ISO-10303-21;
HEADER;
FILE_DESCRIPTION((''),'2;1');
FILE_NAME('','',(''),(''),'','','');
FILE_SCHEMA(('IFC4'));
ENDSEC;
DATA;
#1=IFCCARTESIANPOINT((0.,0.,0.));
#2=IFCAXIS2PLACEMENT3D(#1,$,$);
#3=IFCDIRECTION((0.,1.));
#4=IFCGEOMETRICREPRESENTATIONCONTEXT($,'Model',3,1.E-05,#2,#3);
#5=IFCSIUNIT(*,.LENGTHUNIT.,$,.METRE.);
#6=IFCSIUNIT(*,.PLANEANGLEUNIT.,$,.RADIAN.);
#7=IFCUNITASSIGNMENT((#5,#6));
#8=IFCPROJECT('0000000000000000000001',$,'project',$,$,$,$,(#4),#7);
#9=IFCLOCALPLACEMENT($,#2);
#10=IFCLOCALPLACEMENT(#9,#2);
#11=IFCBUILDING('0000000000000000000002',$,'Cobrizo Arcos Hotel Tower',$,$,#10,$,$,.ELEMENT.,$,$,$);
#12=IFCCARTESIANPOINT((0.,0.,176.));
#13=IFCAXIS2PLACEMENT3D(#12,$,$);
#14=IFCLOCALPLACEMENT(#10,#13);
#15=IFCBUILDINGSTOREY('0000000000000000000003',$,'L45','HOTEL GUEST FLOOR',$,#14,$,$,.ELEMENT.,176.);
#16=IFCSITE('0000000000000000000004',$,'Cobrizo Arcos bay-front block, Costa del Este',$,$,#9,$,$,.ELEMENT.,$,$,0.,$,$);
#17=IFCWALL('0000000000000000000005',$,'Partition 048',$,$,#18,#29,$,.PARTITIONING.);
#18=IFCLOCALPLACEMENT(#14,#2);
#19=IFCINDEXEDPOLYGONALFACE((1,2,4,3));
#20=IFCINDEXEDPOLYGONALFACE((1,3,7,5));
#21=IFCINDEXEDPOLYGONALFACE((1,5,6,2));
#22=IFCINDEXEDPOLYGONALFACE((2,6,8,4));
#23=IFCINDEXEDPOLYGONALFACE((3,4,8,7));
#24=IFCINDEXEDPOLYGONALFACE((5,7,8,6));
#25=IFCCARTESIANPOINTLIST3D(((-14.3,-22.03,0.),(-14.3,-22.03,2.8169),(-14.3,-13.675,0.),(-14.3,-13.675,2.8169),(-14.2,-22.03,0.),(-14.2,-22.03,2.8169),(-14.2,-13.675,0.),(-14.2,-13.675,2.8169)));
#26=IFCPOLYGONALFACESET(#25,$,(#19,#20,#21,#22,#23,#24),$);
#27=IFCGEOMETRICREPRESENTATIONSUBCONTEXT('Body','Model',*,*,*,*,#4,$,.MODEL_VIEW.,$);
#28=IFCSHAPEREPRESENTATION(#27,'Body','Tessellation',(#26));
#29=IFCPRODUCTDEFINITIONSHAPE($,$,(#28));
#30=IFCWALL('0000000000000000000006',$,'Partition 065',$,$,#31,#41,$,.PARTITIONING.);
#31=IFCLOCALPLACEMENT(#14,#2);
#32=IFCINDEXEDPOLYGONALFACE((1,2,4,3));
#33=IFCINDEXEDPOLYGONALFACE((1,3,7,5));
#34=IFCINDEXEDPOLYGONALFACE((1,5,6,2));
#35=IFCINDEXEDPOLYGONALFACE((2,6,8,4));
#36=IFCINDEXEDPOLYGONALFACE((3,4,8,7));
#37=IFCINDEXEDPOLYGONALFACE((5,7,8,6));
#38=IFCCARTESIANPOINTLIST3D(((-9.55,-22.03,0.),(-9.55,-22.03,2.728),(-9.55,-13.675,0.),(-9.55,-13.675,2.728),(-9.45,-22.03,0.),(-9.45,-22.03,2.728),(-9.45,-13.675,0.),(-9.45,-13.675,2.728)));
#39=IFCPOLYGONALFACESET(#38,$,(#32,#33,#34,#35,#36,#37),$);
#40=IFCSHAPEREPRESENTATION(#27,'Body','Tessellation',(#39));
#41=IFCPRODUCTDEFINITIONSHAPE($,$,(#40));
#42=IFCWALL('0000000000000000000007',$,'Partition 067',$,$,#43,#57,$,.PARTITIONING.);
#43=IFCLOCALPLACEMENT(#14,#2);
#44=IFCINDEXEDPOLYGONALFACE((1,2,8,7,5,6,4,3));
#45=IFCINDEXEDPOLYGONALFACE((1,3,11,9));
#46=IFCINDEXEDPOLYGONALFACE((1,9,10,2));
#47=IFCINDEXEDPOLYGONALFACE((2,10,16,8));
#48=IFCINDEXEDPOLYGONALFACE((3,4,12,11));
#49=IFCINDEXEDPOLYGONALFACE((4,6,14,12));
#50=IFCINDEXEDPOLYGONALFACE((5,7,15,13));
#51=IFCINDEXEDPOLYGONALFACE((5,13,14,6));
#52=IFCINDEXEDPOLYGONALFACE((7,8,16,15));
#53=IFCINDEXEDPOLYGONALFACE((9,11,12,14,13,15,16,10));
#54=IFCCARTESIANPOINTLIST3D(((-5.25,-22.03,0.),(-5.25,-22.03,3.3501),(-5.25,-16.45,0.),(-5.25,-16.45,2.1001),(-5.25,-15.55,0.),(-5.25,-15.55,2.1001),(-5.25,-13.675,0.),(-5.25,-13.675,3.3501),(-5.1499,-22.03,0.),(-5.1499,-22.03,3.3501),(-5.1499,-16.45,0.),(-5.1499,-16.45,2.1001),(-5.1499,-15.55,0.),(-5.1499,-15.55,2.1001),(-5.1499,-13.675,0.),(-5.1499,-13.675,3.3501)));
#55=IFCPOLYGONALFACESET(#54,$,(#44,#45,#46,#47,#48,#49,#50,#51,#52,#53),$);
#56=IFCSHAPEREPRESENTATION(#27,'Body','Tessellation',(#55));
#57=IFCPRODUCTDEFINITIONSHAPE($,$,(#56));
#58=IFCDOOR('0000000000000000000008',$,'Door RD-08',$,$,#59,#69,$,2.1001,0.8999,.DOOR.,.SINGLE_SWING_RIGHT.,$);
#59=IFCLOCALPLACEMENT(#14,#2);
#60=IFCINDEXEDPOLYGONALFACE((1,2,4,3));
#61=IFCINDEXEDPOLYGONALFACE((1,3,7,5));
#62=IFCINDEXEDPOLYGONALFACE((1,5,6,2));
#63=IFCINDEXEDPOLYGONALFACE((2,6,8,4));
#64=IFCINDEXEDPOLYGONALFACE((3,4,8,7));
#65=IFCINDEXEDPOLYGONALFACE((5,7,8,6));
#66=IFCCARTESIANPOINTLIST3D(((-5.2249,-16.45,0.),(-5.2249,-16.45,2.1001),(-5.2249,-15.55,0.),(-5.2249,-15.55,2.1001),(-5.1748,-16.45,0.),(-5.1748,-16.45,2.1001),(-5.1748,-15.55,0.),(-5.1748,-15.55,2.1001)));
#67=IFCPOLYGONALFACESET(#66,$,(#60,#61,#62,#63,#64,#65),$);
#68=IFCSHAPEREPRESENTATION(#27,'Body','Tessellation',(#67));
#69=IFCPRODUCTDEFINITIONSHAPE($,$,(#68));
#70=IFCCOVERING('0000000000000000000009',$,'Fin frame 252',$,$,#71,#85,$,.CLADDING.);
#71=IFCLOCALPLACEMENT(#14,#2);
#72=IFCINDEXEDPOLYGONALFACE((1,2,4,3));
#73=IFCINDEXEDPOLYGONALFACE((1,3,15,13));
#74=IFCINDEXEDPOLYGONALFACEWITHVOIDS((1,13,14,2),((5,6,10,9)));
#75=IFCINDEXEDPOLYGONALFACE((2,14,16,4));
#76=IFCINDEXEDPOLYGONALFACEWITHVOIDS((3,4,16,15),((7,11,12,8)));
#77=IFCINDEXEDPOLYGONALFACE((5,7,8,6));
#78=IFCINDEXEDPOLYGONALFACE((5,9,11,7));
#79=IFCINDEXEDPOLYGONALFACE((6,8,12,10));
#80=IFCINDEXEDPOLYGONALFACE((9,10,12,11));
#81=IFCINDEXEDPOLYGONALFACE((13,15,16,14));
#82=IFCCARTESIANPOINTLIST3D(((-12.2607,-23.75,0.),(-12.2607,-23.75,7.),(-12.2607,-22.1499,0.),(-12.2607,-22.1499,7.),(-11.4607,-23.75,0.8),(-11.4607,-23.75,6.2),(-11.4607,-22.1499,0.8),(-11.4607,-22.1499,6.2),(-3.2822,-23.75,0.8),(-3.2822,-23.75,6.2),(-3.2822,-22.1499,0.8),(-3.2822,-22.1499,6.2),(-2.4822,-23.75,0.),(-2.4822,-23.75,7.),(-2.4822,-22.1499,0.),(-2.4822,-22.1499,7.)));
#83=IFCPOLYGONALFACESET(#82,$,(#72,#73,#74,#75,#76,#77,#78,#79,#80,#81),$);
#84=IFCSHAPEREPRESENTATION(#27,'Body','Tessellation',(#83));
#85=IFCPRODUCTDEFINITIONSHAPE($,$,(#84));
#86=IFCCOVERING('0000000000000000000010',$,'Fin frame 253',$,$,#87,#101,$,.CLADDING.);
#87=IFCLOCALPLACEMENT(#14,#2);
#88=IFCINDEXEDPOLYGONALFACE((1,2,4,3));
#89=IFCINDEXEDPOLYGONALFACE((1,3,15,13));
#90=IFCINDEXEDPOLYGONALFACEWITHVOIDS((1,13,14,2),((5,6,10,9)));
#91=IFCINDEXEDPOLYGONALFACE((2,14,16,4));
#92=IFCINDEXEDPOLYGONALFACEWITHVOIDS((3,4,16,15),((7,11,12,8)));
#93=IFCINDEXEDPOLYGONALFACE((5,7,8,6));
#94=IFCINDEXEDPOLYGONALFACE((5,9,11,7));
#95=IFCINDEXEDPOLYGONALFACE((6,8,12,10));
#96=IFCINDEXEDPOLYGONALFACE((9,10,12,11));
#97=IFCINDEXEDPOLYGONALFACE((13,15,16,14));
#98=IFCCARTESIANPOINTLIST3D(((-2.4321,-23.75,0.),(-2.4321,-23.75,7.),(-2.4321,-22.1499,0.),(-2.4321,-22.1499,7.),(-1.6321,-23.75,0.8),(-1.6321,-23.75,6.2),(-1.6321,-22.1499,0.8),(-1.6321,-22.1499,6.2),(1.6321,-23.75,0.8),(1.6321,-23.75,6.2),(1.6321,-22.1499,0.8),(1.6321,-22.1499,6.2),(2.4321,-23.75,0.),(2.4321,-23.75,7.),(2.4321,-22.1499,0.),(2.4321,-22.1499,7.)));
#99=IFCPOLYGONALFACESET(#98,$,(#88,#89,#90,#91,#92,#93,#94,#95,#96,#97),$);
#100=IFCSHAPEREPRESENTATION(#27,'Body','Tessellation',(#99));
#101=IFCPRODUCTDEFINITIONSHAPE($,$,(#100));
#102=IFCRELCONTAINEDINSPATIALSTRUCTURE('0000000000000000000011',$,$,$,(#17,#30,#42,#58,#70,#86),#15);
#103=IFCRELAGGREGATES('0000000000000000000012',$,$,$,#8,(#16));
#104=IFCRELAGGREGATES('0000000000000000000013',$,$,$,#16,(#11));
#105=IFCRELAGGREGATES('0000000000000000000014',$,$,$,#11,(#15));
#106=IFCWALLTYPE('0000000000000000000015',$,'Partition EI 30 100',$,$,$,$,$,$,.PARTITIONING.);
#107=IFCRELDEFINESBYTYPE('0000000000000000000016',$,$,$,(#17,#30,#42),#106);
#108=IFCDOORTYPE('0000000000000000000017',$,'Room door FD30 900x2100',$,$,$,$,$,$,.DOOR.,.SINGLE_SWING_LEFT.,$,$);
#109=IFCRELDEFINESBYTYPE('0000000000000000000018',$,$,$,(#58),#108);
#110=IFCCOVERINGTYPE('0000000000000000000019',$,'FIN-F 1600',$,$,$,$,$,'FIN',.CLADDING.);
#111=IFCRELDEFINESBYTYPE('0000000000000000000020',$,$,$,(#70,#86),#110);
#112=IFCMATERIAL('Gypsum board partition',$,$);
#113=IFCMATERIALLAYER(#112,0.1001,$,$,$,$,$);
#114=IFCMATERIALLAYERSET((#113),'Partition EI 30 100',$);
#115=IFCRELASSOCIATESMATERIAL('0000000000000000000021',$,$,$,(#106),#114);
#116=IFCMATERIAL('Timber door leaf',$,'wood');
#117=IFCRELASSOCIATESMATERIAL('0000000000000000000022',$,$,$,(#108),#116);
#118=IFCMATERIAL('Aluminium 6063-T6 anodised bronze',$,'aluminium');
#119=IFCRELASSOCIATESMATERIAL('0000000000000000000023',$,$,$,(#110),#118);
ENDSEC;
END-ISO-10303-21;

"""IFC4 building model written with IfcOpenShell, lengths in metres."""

from ifc_helpers import new_model, si_unit, direction, frame, frame_2d, origin, place, context, subcontext, project, spatial, polyline, rectangle, outline, extrude, material, layer, layer_set, type_object, element, fill, save


model = new_model("IFC4")

# Units and contexts
model_context = context("Model", 3, precision=1e-05, world=origin(), true_north=direction((0.0, 1.0)))
body_context = subcontext(model_context, "Body", "Model", "MODEL_VIEW")
ifc_project = project(units=[si_unit("LENGTHUNIT", "METRE"), si_unit("PLANEANGLEUNIT", "RADIAN")], contexts=[model_context])

# Site, building, storey
site_placement = place(None, origin())
site = spatial("IfcSite", under=ifc_project, at=site_placement, Name="Cobrizo Arcos bay-front block, Costa del Este", CompositionType="ELEMENT", RefElevation=0.0)
building_placement = place(site_placement, origin())
building = spatial("IfcBuilding", under=site, at=building_placement, Name="Cobrizo Arcos Hotel Tower", CompositionType="ELEMENT")
storey_placement = place(building_placement, frame((0.0, 0.0, 176.0)))
storey = spatial("IfcBuildingStorey", under=building, at=storey_placement, Name="L45", Description="HOTEL GUEST FLOOR", CompositionType="ELEMENT", Elevation=176.0)

# Shared definitions
ifc_material_1 = material(Name="Aluminium 6063-T6 anodised bronze", Category="aluminium")

# Walls
ifc_material_2 = material(Name="Gypsum board partition")
ifc_layer_1 = layer(ifc_material_2, 0.1001)
ifc_layer_set_1 = layer_set([ifc_layer_1], Name="Partition EI 30 100")
wall_type = type_object("IfcWallType", Name="Partition EI 30 100", PredefinedType="PARTITIONING", material=ifc_layer_set_1)
wall_1_placement = place(storey_placement, frame((-14.25, -22.03, 0.0), z_axis=(0.0, 0.0, 1.0), x_axis=(0.0, 1.0, 0.0)))
element("IfcWall", 1, at=wall_1_placement, inside=storey, type_object=wall_type, Name="Partition 048", PredefinedType="PARTITIONING", context=body_context, shape_type="SweptSolid", body=[
    extrude(rectangle(XDim=8.355, YDim=0.1001, at=frame_2d((4.1775, 0.0))), origin(), (0.0, 0.0, 1.0), 2.8169),
])
wall_2_placement = place(storey_placement, frame((-9.5, -22.03, 0.0), z_axis=(0.0, 0.0, 1.0), x_axis=(0.0, 1.0, 0.0)))
element("IfcWall", 2, at=wall_2_placement, inside=storey, type_object=wall_type, Name="Partition 065", PredefinedType="PARTITIONING", context=body_context, shape_type="SweptSolid", body=[
    extrude(rectangle(XDim=8.355, YDim=0.1001, at=frame_2d((4.1775, 0.0))), origin(), (0.0, 0.0, 1.0), 2.728),
])

# Wall, opening, door
wall_3_placement = place(storey_placement, frame((-5.2, -22.03, 0.0), z_axis=(0.0, 0.0, 1.0), x_axis=(0.0, 1.0, 0.0)))
wall_3 = element("IfcWall", 3, at=wall_3_placement, inside=storey, type_object=wall_type, Name="Partition 067", PredefinedType="PARTITIONING", context=body_context, shape_type="SweptSolid", body=[
    extrude(rectangle(XDim=8.355, YDim=0.1001, at=frame_2d((4.1775, 0.0))), origin(), (0.0, 0.0, 1.0), 3.3501),
])
opening_placement = place(wall_3_placement, frame((5.5801, 0.0, 0.0)))
opening = element("IfcOpeningElement", 4, at=opening_placement, cuts=wall_3, PredefinedType="OPENING", context=body_context, shape_type="SweptSolid", body=[
    extrude(rectangle(XDim=0.8999, YDim=2.1001, at=frame_2d((0.45, 1.05))), frame((0.0, 0.062, 0.0), z_axis=(0.0, -1.0, 0.0), x_axis=(1.0, 0.0, 0.0)), (0.0, 0.0, 1.0), 0.124),
])
ifc_material_3 = material(Name="Timber door leaf", Category="wood")
door_type = type_object("IfcDoorType", Name="Room door FD30 900x2100", OperationType="SINGLE_SWING_LEFT", PredefinedType="DOOR", material=ifc_material_3)
door_placement = place(opening_placement, origin())
door = element("IfcDoor", 5, at=door_placement, inside=storey, type_object=door_type, Name="Door RD-08", OperationType="SINGLE_SWING_RIGHT", OverallHeight=2.1001, OverallWidth=0.8999, PredefinedType="DOOR", context=body_context, shape_type="SweptSolid", body=[
    extrude(rectangle(XDim=0.8999, YDim=2.1001, at=frame_2d((0.45, 1.05))), frame((0.0, 0.0249, 0.0), z_axis=(0.0, -1.0, 0.0), x_axis=(1.0, 0.0, 0.0)), (0.0, 0.0, 1.0), 0.05),
])
fill(opening, door)

# Coverings
covering_type = type_object("IfcCoveringType", Name="FIN-F 1600", ElementType="FIN", PredefinedType="CLADDING", material=ifc_material_1)
covering_1_placement = place(storey_placement, frame((-12.2607, -22.1499, 0.0), z_axis=(0.0, -1.0, 0.0), x_axis=(1.0, 0.0, 0.0)))
element("IfcCovering", 6, at=covering_1_placement, inside=storey, type_object=covering_type, Name="Fin frame 252", PredefinedType="CLADDING", context=body_context, shape_type="SweptSolid", body=[
    extrude(outline(polyline([(0.0, 7.0), (0.0, 0.0), (9.7786, 0.0), (9.7786, 7.0), (0.0, 7.0)]), holes=[polyline([(8.9785, 0.8), (0.8, 0.8), (0.8, 6.2), (8.9785, 6.2), (8.9785, 0.8)])]), origin(), (0.0, 0.0, 1.0), 1.6001),
])
covering_2_placement = place(storey_placement, frame((-2.4321, -22.1499, 0.0), z_axis=(0.0, -1.0, 0.0), x_axis=(1.0, 0.0, 0.0)))
element("IfcCovering", 7, at=covering_2_placement, inside=storey, type_object=covering_type, Name="Fin frame 253", PredefinedType="CLADDING", context=body_context, shape_type="SweptSolid", body=[
    extrude(outline(polyline([(0.0, 7.0), (0.0, 0.0), (4.8643, 0.0), (4.8643, 7.0), (0.0, 7.0)]), holes=[polyline([(4.0642, 0.8), (0.8, 0.8), (0.8, 6.2), (4.0642, 6.2), (4.0642, 0.8)])]), origin(), (0.0, 0.0, 1.0), 1.6001),
])

save(model, "model.ifc")
